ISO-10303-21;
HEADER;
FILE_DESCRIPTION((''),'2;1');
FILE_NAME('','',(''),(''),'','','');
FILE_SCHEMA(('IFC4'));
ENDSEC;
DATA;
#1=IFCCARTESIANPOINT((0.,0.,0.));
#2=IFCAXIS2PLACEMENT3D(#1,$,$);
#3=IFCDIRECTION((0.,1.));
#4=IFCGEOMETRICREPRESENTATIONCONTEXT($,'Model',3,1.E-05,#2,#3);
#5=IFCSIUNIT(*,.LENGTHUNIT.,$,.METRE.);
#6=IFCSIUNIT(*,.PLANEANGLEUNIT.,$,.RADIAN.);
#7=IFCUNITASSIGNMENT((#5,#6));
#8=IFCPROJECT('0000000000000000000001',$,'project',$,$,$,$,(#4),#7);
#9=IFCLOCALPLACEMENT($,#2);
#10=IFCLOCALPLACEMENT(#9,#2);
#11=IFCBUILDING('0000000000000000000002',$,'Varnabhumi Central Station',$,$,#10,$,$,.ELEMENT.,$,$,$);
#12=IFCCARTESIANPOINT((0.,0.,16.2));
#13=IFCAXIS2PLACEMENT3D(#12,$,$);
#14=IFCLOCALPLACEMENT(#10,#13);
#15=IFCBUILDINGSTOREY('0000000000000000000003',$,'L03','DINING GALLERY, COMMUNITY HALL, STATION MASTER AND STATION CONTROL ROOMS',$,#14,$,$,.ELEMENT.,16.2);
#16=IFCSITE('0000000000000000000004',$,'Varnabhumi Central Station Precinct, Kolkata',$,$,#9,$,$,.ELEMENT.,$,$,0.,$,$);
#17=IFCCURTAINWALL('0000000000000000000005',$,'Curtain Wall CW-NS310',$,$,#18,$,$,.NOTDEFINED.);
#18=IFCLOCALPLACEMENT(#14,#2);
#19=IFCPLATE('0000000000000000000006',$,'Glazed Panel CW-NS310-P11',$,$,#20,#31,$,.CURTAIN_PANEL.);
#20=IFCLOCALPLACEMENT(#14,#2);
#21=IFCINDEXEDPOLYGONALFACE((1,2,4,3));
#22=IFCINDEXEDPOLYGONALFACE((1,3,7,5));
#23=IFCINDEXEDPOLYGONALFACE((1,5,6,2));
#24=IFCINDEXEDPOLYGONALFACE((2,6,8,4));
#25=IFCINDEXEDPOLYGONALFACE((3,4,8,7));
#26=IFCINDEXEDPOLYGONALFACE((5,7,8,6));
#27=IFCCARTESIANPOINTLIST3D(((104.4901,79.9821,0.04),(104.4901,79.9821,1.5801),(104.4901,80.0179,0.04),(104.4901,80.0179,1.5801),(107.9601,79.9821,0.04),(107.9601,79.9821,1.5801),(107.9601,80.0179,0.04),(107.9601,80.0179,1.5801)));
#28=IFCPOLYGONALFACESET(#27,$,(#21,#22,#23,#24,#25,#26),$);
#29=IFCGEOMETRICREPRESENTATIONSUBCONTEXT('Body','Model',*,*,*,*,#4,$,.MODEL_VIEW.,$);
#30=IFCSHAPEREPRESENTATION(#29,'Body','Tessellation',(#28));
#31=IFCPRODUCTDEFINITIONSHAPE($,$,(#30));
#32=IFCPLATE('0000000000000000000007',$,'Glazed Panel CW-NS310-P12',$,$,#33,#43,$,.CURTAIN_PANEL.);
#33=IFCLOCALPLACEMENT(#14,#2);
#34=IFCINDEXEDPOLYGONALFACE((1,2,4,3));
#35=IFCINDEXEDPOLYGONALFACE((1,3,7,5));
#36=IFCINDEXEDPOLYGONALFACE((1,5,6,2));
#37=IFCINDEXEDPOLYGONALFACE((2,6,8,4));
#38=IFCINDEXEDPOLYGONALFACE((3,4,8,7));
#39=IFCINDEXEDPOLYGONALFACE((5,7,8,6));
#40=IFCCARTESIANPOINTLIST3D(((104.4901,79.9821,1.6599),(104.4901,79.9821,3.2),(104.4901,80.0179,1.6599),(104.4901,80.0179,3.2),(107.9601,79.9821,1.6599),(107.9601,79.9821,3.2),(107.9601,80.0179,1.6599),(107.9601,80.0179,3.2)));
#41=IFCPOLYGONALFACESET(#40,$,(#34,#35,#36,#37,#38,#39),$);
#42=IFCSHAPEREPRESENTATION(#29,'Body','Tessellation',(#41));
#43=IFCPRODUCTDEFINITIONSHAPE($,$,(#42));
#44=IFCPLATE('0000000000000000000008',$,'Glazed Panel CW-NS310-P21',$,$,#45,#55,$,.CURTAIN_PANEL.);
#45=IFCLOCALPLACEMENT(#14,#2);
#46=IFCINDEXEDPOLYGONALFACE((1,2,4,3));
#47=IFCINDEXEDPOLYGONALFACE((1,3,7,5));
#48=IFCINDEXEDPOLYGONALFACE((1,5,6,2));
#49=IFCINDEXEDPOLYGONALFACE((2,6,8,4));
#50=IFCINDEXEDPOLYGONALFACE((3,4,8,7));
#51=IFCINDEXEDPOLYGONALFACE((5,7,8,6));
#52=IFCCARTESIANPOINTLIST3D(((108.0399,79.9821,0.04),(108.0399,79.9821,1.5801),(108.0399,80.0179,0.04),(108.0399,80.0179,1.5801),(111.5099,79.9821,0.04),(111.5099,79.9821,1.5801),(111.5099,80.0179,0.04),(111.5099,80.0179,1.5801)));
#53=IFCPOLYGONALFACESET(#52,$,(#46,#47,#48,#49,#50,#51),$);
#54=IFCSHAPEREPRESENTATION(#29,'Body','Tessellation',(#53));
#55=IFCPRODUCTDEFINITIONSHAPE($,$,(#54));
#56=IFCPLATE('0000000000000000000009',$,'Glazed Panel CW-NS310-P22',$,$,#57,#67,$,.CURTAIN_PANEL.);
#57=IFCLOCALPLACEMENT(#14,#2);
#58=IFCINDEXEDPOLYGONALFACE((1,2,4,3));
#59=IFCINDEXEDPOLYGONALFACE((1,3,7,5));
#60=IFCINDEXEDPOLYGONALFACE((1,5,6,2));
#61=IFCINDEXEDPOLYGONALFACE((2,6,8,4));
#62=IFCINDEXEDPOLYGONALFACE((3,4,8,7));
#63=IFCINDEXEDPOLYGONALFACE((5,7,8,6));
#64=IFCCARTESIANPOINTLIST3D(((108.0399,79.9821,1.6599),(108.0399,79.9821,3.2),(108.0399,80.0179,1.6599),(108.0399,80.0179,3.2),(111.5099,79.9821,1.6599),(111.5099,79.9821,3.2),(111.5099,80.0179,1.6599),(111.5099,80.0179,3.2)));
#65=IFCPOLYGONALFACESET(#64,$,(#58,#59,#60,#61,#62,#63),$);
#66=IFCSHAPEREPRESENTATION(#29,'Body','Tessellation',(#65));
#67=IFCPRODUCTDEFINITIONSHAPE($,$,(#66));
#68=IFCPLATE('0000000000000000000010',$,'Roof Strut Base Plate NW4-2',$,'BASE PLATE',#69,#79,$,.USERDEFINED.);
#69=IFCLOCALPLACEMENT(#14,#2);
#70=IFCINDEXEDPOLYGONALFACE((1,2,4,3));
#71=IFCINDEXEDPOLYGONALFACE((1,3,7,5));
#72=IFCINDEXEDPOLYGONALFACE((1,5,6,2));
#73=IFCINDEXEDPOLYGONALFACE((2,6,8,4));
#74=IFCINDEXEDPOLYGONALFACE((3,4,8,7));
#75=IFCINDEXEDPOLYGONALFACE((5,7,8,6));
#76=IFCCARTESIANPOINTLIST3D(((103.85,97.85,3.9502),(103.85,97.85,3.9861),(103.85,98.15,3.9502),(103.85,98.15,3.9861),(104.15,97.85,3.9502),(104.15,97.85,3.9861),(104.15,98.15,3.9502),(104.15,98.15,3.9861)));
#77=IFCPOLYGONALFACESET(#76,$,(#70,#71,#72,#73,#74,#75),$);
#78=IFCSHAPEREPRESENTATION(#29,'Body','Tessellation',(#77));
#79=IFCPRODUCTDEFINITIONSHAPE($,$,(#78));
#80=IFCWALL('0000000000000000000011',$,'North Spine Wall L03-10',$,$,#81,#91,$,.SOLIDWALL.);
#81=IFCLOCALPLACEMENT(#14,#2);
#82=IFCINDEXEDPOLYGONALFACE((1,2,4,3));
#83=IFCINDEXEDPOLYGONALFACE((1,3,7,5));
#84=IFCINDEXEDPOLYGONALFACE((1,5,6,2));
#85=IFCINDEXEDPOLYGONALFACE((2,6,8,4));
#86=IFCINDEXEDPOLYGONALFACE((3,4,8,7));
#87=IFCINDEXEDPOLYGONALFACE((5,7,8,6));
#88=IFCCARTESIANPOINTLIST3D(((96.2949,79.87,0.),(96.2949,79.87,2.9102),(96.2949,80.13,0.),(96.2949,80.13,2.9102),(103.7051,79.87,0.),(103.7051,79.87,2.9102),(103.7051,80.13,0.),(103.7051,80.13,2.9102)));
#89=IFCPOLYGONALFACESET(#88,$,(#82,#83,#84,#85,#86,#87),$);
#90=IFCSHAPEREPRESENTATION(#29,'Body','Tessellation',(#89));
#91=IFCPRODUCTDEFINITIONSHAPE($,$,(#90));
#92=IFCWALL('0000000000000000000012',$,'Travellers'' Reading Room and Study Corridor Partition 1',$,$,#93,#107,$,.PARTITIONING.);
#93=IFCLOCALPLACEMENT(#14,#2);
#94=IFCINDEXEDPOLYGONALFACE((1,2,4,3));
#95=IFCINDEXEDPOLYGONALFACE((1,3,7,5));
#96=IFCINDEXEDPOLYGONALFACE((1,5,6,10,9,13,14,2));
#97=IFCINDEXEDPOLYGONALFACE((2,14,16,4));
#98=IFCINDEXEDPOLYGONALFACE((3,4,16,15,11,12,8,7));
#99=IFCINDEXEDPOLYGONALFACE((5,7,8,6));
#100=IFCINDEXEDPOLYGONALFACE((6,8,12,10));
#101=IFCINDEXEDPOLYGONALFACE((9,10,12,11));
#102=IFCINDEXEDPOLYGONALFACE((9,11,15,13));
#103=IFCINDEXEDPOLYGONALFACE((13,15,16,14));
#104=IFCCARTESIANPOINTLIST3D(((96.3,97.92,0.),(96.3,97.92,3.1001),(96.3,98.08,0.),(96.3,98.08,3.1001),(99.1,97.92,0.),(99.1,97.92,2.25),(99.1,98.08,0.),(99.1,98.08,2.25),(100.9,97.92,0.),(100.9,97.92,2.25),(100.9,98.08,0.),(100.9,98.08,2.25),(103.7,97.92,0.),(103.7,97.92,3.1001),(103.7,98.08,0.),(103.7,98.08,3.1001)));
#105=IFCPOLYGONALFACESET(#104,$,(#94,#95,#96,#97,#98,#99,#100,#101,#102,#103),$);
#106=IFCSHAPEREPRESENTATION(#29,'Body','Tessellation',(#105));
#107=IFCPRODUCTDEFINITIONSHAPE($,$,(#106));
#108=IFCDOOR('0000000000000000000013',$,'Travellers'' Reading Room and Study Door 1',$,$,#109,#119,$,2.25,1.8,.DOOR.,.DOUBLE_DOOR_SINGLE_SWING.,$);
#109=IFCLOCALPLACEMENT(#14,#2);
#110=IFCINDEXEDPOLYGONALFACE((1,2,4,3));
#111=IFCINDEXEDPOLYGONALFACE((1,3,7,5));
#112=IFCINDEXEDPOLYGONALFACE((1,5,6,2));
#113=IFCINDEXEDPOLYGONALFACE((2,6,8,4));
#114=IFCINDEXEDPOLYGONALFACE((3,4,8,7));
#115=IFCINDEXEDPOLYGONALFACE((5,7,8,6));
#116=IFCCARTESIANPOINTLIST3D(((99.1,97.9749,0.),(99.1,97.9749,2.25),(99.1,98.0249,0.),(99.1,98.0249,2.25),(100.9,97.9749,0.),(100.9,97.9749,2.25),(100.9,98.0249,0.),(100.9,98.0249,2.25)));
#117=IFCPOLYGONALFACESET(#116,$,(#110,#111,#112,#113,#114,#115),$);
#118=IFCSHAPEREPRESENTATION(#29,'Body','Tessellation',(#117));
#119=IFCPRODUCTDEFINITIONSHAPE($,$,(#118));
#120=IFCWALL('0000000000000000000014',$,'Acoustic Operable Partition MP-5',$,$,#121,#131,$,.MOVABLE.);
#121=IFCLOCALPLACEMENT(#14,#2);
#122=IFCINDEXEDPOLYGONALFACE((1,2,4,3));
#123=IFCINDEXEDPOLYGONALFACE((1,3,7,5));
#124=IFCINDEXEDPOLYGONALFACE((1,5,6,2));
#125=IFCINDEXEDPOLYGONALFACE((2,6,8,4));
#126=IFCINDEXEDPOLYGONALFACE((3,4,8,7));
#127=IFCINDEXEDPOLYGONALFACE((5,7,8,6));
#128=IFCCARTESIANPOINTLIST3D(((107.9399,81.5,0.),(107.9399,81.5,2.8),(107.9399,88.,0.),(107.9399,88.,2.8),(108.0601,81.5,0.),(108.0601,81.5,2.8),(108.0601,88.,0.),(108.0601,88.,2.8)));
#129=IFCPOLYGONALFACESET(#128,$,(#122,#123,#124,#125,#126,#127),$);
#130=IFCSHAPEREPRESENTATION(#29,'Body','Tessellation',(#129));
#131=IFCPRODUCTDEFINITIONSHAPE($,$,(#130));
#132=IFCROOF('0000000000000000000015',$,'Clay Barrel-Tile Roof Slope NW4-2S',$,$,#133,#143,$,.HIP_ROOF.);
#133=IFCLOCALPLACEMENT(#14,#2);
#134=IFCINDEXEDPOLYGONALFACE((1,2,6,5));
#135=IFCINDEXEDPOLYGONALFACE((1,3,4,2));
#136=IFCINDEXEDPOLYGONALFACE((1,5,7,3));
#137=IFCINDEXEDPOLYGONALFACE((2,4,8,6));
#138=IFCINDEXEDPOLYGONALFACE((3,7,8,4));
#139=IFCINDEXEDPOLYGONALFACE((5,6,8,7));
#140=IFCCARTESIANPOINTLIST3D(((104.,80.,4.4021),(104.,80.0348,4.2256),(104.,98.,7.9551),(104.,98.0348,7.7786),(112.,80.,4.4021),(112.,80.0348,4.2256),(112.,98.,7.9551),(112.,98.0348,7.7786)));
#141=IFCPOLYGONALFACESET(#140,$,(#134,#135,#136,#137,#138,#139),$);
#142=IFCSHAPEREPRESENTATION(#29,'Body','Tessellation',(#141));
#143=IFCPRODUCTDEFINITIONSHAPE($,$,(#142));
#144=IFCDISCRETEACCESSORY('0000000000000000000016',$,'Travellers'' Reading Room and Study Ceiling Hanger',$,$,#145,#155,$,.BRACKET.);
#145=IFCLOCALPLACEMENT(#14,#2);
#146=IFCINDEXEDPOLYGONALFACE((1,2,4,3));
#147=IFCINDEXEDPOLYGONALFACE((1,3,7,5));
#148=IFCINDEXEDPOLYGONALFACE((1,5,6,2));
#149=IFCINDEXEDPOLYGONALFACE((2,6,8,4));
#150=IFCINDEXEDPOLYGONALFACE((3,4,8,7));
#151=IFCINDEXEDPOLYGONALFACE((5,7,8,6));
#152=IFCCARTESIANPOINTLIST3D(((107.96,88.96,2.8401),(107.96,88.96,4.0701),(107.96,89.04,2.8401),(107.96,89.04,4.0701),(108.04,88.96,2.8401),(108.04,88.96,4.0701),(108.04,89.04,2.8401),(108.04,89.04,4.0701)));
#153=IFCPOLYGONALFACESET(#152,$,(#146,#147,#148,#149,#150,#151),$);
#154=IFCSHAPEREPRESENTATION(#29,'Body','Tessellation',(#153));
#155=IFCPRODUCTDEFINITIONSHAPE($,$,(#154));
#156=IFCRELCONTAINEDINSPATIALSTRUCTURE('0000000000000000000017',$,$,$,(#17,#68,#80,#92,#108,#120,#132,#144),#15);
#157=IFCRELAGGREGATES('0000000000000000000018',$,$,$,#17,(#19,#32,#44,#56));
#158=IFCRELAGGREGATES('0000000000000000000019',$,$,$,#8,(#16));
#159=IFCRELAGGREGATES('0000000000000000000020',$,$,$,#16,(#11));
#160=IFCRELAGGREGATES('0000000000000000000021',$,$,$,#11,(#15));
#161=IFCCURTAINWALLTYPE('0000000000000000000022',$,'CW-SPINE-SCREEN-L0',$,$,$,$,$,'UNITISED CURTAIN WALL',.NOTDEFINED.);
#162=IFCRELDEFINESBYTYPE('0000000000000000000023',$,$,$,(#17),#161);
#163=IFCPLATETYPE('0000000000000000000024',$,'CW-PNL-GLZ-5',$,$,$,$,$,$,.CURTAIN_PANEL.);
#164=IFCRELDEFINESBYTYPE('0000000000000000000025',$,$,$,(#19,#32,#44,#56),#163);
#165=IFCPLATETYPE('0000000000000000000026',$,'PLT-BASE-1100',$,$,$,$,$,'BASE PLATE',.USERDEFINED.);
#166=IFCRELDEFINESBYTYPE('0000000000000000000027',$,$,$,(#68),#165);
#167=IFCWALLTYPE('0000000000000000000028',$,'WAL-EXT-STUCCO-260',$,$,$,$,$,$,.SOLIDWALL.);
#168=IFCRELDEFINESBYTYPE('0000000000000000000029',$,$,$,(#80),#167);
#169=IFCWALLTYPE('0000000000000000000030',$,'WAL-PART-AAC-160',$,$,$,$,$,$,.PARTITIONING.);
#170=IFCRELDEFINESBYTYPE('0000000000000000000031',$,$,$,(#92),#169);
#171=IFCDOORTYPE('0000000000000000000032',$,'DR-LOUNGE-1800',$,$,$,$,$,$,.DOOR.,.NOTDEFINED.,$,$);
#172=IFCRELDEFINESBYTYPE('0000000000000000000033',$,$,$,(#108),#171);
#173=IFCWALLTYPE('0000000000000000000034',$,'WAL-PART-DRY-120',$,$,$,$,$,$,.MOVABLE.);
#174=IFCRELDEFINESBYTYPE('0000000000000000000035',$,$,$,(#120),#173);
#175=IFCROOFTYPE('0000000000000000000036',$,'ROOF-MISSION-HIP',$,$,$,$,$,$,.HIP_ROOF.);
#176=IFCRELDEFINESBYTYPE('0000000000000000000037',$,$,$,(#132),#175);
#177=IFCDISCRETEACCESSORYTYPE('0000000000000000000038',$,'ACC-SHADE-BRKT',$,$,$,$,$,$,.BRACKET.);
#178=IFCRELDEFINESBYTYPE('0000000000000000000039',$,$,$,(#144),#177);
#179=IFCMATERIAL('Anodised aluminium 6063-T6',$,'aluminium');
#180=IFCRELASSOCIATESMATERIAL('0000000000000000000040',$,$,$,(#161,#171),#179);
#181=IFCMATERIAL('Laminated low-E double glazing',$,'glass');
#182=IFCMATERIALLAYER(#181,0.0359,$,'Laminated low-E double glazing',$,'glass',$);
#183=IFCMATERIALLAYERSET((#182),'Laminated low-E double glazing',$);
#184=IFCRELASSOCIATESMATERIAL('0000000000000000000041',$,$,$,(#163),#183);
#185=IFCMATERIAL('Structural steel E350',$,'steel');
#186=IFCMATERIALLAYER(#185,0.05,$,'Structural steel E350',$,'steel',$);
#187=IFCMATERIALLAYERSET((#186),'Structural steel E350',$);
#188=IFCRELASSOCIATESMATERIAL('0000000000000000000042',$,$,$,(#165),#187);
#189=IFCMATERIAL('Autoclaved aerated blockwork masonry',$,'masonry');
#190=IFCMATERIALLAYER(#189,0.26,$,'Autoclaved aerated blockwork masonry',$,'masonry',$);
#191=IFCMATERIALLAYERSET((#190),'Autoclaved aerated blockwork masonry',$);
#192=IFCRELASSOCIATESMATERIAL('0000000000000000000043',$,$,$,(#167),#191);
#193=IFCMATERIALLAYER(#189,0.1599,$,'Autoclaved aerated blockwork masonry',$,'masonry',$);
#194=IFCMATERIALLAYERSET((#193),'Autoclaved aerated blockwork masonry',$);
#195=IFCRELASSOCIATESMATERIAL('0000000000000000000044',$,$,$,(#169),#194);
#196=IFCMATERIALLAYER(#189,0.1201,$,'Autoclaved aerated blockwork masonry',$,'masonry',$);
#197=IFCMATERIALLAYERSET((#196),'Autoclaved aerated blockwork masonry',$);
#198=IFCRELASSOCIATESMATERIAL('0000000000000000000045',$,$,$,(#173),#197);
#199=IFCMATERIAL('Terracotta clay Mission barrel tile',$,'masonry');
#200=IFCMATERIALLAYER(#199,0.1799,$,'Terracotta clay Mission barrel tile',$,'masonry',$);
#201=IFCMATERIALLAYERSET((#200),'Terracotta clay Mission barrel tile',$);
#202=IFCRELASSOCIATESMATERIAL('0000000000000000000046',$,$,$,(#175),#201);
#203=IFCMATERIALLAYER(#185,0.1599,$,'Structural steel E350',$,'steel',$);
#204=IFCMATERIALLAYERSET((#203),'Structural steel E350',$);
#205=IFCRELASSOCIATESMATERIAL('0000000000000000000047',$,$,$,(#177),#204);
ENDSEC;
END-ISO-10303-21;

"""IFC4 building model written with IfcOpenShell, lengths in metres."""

from ifc_helpers import new_model, si_unit, direction, frame, frame_2d, origin, origin_2d, place, context, subcontext, project, spatial, polyline, rectangle, outline, extrude, material, layer, layer_set, type_object, element, fill, aggregate, save


model = new_model("IFC4")

# Units and contexts
model_context = context("Model", 3, precision=1e-05, world=origin(), true_north=direction((0.0, 1.0)))
body_context = subcontext(model_context, "Body", "Model", "MODEL_VIEW")
ifc_project = project(units=[si_unit("LENGTHUNIT", "METRE"), si_unit("PLANEANGLEUNIT", "RADIAN")], contexts=[model_context])

# Site, building, storey
site_placement = place(None, origin())
site = spatial("IfcSite", under=ifc_project, at=site_placement, Name="Varnabhumi Central Station Precinct, Kolkata", CompositionType="ELEMENT", RefElevation=0.0)
building_placement = place(site_placement, origin())
building = spatial("IfcBuilding", under=site, at=building_placement, Name="Varnabhumi Central Station", CompositionType="ELEMENT")
storey_placement = place(building_placement, frame((0.0, 0.0, 16.2)))
storey = spatial("IfcBuildingStorey", under=building, at=storey_placement, Name="L03", Description="DINING GALLERY, COMMUNITY HALL, STATION MASTER AND STATION CONTROL ROOMS", CompositionType="ELEMENT", Elevation=16.2)

# Shared definitions
ifc_material_1 = material(Name="Structural steel E350", Category="steel")

# Curtain wall
ifc_material_2 = material(Name="Anodised aluminium 6063-T6", Category="aluminium")
curtain_wall_type = type_object("IfcCurtainWallType", Name="CW-SPINE-SCREEN-L0", ElementType="UNITISED CURTAIN WALL", PredefinedType="NOTDEFINED", material=ifc_material_2)
curtain_wall_placement = place(storey_placement, origin())
curtain_wall = element("IfcCurtainWall", 1, at=curtain_wall_placement, inside=storey, type_object=curtain_wall_type, Name="Curtain Wall CW-NS310", PredefinedType="NOTDEFINED")

# Plates
ifc_material_3 = material(Name="Laminated low-E double glazing", Category="glass")
ifc_layer_1 = layer(ifc_material_3, 0.0359, Name="Laminated low-E double glazing", Category="glass")
ifc_layer_set_1 = layer_set([ifc_layer_1], Name="Laminated low-E double glazing")
plate_type_1 = type_object("IfcPlateType", Name="CW-PNL-GLZ-5", PredefinedType="CURTAIN_PANEL", material=ifc_layer_set_1)
plate_1_placement = place(storey_placement, frame((106.2251, 80.0, 0.04), z_axis=(0.0, 0.0, 1.0), x_axis=(1.0, 0.0, 0.0)))
plate_1 = element("IfcPlate", 2, at=plate_1_placement, type_object=plate_type_1, Name="Glazed Panel CW-NS310-P11", PredefinedType="CURTAIN_PANEL", context=body_context, shape_type="SweptSolid", body=[
    extrude(rectangle(XDim=3.47, YDim=0.0359, at=origin_2d()), origin(), (0.0, 0.0, 1.0), 1.54),
])
plate_2_placement = place(storey_placement, frame((106.2251, 80.0, 1.6599), z_axis=(0.0, 0.0, 1.0), x_axis=(1.0, 0.0, 0.0)))
plate_2 = element("IfcPlate", 3, at=plate_2_placement, type_object=plate_type_1, Name="Glazed Panel CW-NS310-P12", PredefinedType="CURTAIN_PANEL", context=body_context, shape_type="SweptSolid", body=[
    extrude(rectangle(XDim=3.47, YDim=0.0359, at=origin_2d()), origin(), (0.0, 0.0, 1.0), 1.54),
])
plate_3_placement = place(storey_placement, frame((109.7749, 80.0, 0.04), z_axis=(0.0, 0.0, 1.0), x_axis=(1.0, 0.0, 0.0)))
plate_3 = element("IfcPlate", 4, at=plate_3_placement, type_object=plate_type_1, Name="Glazed Panel CW-NS310-P21", PredefinedType="CURTAIN_PANEL", context=body_context, shape_type="SweptSolid", body=[
    extrude(rectangle(XDim=3.47, YDim=0.0359, at=origin_2d()), origin(), (0.0, 0.0, 1.0), 1.54),
])
plate_4_placement = place(storey_placement, frame((109.7749, 80.0, 1.6599), z_axis=(0.0, 0.0, 1.0), x_axis=(1.0, 0.0, 0.0)))
plate_4 = element("IfcPlate", 5, at=plate_4_placement, type_object=plate_type_1, Name="Glazed Panel CW-NS310-P22", PredefinedType="CURTAIN_PANEL", context=body_context, shape_type="SweptSolid", body=[
    extrude(rectangle(XDim=3.47, YDim=0.0359, at=origin_2d()), origin(), (0.0, 0.0, 1.0), 1.54),
])
aggregate(curtain_wall, [plate_1, plate_2, plate_3, plate_4])
ifc_layer_2 = layer(ifc_material_1, 0.05, Name="Structural steel E350", Category="steel")
ifc_layer_set_2 = layer_set([ifc_layer_2], Name="Structural steel E350")
plate_type_2 = type_object("IfcPlateType", Name="PLT-BASE-1100", ElementType="BASE PLATE", PredefinedType="USERDEFINED", material=ifc_layer_set_2)
plate_5_placement = place(storey_placement, frame((104.0, 98.0, 3.9502), z_axis=(0.0, 0.0, 1.0), x_axis=(1.0, 0.0, 0.0)))
element("IfcPlate", 6, at=plate_5_placement, inside=storey, type_object=plate_type_2, Name="Roof Strut Base Plate NW4-2", ObjectType="BASE PLATE", PredefinedType="USERDEFINED", context=body_context, shape_type="SweptSolid", body=[
    extrude(rectangle(XDim=0.3, YDim=0.3, at=origin_2d()), origin(), (0.0, 0.0, 1.0), 0.0359),
])

# Wall
ifc_material_4 = material(Name="Autoclaved aerated blockwork masonry", Category="masonry")
ifc_layer_3 = layer(ifc_material_4, 0.26, Name="Autoclaved aerated blockwork masonry", Category="masonry")
ifc_layer_set_3 = layer_set([ifc_layer_3], Name="Autoclaved aerated blockwork masonry")
wall_type_1 = type_object("IfcWallType", Name="WAL-EXT-STUCCO-260", PredefinedType="SOLIDWALL", material=ifc_layer_set_3)
wall_1_placement = place(storey_placement, frame((96.2949, 80.0, 0.0), z_axis=(0.0, 0.0, 1.0), x_axis=(1.0, 0.0, 0.0)))
element("IfcWall", 7, at=wall_1_placement, inside=storey, type_object=wall_type_1, Name="North Spine Wall L03-10", PredefinedType="SOLIDWALL", context=body_context, shape_type="SweptSolid", body=[
    extrude(rectangle(XDim=7.4102, YDim=0.26, at=frame_2d((3.7051, 0.0))), origin(), (0.0, 0.0, 1.0), 2.9102),
])

# Wall, opening, door
ifc_layer_4 = layer(ifc_material_4, 0.1599, Name="Autoclaved aerated blockwork masonry", Category="masonry")
ifc_layer_set_4 = layer_set([ifc_layer_4], Name="Autoclaved aerated blockwork masonry")
wall_type_2 = type_object("IfcWallType", Name="WAL-PART-AAC-160", PredefinedType="PARTITIONING", material=ifc_layer_set_4)
wall_2_placement = place(storey_placement, frame((96.3, 98.0, 0.0), z_axis=(0.0, 0.0, 1.0), x_axis=(1.0, 0.0, 0.0)))
wall_2 = element("IfcWall", 8, at=wall_2_placement, inside=storey, type_object=wall_type_2, Name="Travellers' Reading Room and Study Corridor Partition 1", PredefinedType="PARTITIONING", context=body_context, shape_type="SweptSolid", body=[
    extrude(rectangle(XDim=7.3999, YDim=0.1599, at=frame_2d((3.7, 0.0))), origin(), (0.0, 0.0, 1.0), 3.1001),
])
opening_placement = place(wall_2_placement, frame((2.8, 0.0, 0.0)))
opening = element("IfcOpeningElement", 9, at=opening_placement, cuts=wall_2, PredefinedType="OPENING", context=body_context, shape_type="SweptSolid", body=[
    extrude(rectangle(XDim=1.8, YDim=2.25, at=frame_2d((0.8999, 1.125))), frame((0.0, 0.0898, 0.0), z_axis=(0.0, -1.0, 0.0), x_axis=(1.0, 0.0, 0.0)), (0.0, 0.0, 1.0), 0.1799),
])
door_type = type_object("IfcDoorType", Name="DR-LOUNGE-1800", OperationType="NOTDEFINED", PredefinedType="DOOR", material=ifc_material_2)
door_placement = place(opening_placement, origin())
door = element("IfcDoor", 10, at=door_placement, inside=storey, type_object=door_type, Name="Travellers' Reading Room and Study Door 1", OperationType="DOUBLE_DOOR_SINGLE_SWING", OverallHeight=2.25, OverallWidth=1.8, PredefinedType="DOOR", context=body_context, shape_type="SweptSolid", body=[
    extrude(rectangle(XDim=1.8, YDim=2.25, at=frame_2d((0.8999, 1.125))), frame((0.0, 0.0249, 0.0), z_axis=(0.0, -1.0, 0.0), x_axis=(1.0, 0.0, 0.0)), (0.0, 0.0, 1.0), 0.05),
])
fill(opening, door)

# Wall
ifc_layer_5 = layer(ifc_material_4, 0.1201, Name="Autoclaved aerated blockwork masonry", Category="masonry")
ifc_layer_set_5 = layer_set([ifc_layer_5], Name="Autoclaved aerated blockwork masonry")
wall_type_3 = type_object("IfcWallType", Name="WAL-PART-DRY-120", PredefinedType="MOVABLE", material=ifc_layer_set_5)
wall_3_placement = place(storey_placement, frame((108.0, 81.5, 0.0), z_axis=(0.0, 0.0, 1.0), x_axis=(0.0, 1.0, 0.0)))
element("IfcWall", 11, at=wall_3_placement, inside=storey, type_object=wall_type_3, Name="Acoustic Operable Partition MP-5", PredefinedType="MOVABLE", context=body_context, shape_type="SweptSolid", body=[
    extrude(rectangle(XDim=6.5, YDim=0.1201, at=frame_2d((3.25, 0.0))), origin(), (0.0, 0.0, 1.0), 2.8),
])

# Roof
ifc_material_5 = material(Name="Terracotta clay Mission barrel tile", Category="masonry")
ifc_layer_6 = layer(ifc_material_5, 0.1799, Name="Terracotta clay Mission barrel tile", Category="masonry")
ifc_layer_set_6 = layer_set([ifc_layer_6], Name="Terracotta clay Mission barrel tile")
roof_type = type_object("IfcRoofType", Name="ROOF-MISSION-HIP", PredefinedType="HIP_ROOF", material=ifc_layer_set_6)
roof_placement = place(storey_placement, frame((104.0, 80.0, 4.4021), z_axis=(0.0, -0.193651, 0.98107), x_axis=(1.0, 0.0, 0.0)))
element("IfcRoof", 12, at=roof_placement, inside=storey, type_object=roof_type, Name="Clay Barrel-Tile Roof Slope NW4-2S", PredefinedType="HIP_ROOF", context=body_context, shape_type="SweptSolid", body=[
    extrude(outline(polyline([(0.0, 0.0), (8.0, 0.0), (8.0, 18.3473), (0.0, 18.3473), (0.0, 0.0)])), origin(), (0.0, 0.0, -1.0), 0.1799),
])

# Discrete accessory
ifc_layer_7 = layer(ifc_material_1, 0.1599, Name="Structural steel E350", Category="steel")
ifc_layer_set_7 = layer_set([ifc_layer_7], Name="Structural steel E350")
discrete_accessory_type = type_object("IfcDiscreteAccessoryType", Name="ACC-SHADE-BRKT", PredefinedType="BRACKET", material=ifc_layer_set_7)
discrete_accessory_placement = place(storey_placement, frame((108.0, 89.0, 2.8401), z_axis=(0.0, 0.0, 1.0), x_axis=(1.0, 0.0, 0.0)))
element("IfcDiscreteAccessory", 13, at=discrete_accessory_placement, inside=storey, type_object=discrete_accessory_type, Name="Travellers' Reading Room and Study Ceiling Hanger", PredefinedType="BRACKET", context=body_context, shape_type="SweptSolid", body=[
    extrude(rectangle(XDim=0.0801, YDim=0.0801, at=origin_2d()), origin(), (0.0, 0.0, 1.0), 1.23),
])

save(model, "model.ifc")
